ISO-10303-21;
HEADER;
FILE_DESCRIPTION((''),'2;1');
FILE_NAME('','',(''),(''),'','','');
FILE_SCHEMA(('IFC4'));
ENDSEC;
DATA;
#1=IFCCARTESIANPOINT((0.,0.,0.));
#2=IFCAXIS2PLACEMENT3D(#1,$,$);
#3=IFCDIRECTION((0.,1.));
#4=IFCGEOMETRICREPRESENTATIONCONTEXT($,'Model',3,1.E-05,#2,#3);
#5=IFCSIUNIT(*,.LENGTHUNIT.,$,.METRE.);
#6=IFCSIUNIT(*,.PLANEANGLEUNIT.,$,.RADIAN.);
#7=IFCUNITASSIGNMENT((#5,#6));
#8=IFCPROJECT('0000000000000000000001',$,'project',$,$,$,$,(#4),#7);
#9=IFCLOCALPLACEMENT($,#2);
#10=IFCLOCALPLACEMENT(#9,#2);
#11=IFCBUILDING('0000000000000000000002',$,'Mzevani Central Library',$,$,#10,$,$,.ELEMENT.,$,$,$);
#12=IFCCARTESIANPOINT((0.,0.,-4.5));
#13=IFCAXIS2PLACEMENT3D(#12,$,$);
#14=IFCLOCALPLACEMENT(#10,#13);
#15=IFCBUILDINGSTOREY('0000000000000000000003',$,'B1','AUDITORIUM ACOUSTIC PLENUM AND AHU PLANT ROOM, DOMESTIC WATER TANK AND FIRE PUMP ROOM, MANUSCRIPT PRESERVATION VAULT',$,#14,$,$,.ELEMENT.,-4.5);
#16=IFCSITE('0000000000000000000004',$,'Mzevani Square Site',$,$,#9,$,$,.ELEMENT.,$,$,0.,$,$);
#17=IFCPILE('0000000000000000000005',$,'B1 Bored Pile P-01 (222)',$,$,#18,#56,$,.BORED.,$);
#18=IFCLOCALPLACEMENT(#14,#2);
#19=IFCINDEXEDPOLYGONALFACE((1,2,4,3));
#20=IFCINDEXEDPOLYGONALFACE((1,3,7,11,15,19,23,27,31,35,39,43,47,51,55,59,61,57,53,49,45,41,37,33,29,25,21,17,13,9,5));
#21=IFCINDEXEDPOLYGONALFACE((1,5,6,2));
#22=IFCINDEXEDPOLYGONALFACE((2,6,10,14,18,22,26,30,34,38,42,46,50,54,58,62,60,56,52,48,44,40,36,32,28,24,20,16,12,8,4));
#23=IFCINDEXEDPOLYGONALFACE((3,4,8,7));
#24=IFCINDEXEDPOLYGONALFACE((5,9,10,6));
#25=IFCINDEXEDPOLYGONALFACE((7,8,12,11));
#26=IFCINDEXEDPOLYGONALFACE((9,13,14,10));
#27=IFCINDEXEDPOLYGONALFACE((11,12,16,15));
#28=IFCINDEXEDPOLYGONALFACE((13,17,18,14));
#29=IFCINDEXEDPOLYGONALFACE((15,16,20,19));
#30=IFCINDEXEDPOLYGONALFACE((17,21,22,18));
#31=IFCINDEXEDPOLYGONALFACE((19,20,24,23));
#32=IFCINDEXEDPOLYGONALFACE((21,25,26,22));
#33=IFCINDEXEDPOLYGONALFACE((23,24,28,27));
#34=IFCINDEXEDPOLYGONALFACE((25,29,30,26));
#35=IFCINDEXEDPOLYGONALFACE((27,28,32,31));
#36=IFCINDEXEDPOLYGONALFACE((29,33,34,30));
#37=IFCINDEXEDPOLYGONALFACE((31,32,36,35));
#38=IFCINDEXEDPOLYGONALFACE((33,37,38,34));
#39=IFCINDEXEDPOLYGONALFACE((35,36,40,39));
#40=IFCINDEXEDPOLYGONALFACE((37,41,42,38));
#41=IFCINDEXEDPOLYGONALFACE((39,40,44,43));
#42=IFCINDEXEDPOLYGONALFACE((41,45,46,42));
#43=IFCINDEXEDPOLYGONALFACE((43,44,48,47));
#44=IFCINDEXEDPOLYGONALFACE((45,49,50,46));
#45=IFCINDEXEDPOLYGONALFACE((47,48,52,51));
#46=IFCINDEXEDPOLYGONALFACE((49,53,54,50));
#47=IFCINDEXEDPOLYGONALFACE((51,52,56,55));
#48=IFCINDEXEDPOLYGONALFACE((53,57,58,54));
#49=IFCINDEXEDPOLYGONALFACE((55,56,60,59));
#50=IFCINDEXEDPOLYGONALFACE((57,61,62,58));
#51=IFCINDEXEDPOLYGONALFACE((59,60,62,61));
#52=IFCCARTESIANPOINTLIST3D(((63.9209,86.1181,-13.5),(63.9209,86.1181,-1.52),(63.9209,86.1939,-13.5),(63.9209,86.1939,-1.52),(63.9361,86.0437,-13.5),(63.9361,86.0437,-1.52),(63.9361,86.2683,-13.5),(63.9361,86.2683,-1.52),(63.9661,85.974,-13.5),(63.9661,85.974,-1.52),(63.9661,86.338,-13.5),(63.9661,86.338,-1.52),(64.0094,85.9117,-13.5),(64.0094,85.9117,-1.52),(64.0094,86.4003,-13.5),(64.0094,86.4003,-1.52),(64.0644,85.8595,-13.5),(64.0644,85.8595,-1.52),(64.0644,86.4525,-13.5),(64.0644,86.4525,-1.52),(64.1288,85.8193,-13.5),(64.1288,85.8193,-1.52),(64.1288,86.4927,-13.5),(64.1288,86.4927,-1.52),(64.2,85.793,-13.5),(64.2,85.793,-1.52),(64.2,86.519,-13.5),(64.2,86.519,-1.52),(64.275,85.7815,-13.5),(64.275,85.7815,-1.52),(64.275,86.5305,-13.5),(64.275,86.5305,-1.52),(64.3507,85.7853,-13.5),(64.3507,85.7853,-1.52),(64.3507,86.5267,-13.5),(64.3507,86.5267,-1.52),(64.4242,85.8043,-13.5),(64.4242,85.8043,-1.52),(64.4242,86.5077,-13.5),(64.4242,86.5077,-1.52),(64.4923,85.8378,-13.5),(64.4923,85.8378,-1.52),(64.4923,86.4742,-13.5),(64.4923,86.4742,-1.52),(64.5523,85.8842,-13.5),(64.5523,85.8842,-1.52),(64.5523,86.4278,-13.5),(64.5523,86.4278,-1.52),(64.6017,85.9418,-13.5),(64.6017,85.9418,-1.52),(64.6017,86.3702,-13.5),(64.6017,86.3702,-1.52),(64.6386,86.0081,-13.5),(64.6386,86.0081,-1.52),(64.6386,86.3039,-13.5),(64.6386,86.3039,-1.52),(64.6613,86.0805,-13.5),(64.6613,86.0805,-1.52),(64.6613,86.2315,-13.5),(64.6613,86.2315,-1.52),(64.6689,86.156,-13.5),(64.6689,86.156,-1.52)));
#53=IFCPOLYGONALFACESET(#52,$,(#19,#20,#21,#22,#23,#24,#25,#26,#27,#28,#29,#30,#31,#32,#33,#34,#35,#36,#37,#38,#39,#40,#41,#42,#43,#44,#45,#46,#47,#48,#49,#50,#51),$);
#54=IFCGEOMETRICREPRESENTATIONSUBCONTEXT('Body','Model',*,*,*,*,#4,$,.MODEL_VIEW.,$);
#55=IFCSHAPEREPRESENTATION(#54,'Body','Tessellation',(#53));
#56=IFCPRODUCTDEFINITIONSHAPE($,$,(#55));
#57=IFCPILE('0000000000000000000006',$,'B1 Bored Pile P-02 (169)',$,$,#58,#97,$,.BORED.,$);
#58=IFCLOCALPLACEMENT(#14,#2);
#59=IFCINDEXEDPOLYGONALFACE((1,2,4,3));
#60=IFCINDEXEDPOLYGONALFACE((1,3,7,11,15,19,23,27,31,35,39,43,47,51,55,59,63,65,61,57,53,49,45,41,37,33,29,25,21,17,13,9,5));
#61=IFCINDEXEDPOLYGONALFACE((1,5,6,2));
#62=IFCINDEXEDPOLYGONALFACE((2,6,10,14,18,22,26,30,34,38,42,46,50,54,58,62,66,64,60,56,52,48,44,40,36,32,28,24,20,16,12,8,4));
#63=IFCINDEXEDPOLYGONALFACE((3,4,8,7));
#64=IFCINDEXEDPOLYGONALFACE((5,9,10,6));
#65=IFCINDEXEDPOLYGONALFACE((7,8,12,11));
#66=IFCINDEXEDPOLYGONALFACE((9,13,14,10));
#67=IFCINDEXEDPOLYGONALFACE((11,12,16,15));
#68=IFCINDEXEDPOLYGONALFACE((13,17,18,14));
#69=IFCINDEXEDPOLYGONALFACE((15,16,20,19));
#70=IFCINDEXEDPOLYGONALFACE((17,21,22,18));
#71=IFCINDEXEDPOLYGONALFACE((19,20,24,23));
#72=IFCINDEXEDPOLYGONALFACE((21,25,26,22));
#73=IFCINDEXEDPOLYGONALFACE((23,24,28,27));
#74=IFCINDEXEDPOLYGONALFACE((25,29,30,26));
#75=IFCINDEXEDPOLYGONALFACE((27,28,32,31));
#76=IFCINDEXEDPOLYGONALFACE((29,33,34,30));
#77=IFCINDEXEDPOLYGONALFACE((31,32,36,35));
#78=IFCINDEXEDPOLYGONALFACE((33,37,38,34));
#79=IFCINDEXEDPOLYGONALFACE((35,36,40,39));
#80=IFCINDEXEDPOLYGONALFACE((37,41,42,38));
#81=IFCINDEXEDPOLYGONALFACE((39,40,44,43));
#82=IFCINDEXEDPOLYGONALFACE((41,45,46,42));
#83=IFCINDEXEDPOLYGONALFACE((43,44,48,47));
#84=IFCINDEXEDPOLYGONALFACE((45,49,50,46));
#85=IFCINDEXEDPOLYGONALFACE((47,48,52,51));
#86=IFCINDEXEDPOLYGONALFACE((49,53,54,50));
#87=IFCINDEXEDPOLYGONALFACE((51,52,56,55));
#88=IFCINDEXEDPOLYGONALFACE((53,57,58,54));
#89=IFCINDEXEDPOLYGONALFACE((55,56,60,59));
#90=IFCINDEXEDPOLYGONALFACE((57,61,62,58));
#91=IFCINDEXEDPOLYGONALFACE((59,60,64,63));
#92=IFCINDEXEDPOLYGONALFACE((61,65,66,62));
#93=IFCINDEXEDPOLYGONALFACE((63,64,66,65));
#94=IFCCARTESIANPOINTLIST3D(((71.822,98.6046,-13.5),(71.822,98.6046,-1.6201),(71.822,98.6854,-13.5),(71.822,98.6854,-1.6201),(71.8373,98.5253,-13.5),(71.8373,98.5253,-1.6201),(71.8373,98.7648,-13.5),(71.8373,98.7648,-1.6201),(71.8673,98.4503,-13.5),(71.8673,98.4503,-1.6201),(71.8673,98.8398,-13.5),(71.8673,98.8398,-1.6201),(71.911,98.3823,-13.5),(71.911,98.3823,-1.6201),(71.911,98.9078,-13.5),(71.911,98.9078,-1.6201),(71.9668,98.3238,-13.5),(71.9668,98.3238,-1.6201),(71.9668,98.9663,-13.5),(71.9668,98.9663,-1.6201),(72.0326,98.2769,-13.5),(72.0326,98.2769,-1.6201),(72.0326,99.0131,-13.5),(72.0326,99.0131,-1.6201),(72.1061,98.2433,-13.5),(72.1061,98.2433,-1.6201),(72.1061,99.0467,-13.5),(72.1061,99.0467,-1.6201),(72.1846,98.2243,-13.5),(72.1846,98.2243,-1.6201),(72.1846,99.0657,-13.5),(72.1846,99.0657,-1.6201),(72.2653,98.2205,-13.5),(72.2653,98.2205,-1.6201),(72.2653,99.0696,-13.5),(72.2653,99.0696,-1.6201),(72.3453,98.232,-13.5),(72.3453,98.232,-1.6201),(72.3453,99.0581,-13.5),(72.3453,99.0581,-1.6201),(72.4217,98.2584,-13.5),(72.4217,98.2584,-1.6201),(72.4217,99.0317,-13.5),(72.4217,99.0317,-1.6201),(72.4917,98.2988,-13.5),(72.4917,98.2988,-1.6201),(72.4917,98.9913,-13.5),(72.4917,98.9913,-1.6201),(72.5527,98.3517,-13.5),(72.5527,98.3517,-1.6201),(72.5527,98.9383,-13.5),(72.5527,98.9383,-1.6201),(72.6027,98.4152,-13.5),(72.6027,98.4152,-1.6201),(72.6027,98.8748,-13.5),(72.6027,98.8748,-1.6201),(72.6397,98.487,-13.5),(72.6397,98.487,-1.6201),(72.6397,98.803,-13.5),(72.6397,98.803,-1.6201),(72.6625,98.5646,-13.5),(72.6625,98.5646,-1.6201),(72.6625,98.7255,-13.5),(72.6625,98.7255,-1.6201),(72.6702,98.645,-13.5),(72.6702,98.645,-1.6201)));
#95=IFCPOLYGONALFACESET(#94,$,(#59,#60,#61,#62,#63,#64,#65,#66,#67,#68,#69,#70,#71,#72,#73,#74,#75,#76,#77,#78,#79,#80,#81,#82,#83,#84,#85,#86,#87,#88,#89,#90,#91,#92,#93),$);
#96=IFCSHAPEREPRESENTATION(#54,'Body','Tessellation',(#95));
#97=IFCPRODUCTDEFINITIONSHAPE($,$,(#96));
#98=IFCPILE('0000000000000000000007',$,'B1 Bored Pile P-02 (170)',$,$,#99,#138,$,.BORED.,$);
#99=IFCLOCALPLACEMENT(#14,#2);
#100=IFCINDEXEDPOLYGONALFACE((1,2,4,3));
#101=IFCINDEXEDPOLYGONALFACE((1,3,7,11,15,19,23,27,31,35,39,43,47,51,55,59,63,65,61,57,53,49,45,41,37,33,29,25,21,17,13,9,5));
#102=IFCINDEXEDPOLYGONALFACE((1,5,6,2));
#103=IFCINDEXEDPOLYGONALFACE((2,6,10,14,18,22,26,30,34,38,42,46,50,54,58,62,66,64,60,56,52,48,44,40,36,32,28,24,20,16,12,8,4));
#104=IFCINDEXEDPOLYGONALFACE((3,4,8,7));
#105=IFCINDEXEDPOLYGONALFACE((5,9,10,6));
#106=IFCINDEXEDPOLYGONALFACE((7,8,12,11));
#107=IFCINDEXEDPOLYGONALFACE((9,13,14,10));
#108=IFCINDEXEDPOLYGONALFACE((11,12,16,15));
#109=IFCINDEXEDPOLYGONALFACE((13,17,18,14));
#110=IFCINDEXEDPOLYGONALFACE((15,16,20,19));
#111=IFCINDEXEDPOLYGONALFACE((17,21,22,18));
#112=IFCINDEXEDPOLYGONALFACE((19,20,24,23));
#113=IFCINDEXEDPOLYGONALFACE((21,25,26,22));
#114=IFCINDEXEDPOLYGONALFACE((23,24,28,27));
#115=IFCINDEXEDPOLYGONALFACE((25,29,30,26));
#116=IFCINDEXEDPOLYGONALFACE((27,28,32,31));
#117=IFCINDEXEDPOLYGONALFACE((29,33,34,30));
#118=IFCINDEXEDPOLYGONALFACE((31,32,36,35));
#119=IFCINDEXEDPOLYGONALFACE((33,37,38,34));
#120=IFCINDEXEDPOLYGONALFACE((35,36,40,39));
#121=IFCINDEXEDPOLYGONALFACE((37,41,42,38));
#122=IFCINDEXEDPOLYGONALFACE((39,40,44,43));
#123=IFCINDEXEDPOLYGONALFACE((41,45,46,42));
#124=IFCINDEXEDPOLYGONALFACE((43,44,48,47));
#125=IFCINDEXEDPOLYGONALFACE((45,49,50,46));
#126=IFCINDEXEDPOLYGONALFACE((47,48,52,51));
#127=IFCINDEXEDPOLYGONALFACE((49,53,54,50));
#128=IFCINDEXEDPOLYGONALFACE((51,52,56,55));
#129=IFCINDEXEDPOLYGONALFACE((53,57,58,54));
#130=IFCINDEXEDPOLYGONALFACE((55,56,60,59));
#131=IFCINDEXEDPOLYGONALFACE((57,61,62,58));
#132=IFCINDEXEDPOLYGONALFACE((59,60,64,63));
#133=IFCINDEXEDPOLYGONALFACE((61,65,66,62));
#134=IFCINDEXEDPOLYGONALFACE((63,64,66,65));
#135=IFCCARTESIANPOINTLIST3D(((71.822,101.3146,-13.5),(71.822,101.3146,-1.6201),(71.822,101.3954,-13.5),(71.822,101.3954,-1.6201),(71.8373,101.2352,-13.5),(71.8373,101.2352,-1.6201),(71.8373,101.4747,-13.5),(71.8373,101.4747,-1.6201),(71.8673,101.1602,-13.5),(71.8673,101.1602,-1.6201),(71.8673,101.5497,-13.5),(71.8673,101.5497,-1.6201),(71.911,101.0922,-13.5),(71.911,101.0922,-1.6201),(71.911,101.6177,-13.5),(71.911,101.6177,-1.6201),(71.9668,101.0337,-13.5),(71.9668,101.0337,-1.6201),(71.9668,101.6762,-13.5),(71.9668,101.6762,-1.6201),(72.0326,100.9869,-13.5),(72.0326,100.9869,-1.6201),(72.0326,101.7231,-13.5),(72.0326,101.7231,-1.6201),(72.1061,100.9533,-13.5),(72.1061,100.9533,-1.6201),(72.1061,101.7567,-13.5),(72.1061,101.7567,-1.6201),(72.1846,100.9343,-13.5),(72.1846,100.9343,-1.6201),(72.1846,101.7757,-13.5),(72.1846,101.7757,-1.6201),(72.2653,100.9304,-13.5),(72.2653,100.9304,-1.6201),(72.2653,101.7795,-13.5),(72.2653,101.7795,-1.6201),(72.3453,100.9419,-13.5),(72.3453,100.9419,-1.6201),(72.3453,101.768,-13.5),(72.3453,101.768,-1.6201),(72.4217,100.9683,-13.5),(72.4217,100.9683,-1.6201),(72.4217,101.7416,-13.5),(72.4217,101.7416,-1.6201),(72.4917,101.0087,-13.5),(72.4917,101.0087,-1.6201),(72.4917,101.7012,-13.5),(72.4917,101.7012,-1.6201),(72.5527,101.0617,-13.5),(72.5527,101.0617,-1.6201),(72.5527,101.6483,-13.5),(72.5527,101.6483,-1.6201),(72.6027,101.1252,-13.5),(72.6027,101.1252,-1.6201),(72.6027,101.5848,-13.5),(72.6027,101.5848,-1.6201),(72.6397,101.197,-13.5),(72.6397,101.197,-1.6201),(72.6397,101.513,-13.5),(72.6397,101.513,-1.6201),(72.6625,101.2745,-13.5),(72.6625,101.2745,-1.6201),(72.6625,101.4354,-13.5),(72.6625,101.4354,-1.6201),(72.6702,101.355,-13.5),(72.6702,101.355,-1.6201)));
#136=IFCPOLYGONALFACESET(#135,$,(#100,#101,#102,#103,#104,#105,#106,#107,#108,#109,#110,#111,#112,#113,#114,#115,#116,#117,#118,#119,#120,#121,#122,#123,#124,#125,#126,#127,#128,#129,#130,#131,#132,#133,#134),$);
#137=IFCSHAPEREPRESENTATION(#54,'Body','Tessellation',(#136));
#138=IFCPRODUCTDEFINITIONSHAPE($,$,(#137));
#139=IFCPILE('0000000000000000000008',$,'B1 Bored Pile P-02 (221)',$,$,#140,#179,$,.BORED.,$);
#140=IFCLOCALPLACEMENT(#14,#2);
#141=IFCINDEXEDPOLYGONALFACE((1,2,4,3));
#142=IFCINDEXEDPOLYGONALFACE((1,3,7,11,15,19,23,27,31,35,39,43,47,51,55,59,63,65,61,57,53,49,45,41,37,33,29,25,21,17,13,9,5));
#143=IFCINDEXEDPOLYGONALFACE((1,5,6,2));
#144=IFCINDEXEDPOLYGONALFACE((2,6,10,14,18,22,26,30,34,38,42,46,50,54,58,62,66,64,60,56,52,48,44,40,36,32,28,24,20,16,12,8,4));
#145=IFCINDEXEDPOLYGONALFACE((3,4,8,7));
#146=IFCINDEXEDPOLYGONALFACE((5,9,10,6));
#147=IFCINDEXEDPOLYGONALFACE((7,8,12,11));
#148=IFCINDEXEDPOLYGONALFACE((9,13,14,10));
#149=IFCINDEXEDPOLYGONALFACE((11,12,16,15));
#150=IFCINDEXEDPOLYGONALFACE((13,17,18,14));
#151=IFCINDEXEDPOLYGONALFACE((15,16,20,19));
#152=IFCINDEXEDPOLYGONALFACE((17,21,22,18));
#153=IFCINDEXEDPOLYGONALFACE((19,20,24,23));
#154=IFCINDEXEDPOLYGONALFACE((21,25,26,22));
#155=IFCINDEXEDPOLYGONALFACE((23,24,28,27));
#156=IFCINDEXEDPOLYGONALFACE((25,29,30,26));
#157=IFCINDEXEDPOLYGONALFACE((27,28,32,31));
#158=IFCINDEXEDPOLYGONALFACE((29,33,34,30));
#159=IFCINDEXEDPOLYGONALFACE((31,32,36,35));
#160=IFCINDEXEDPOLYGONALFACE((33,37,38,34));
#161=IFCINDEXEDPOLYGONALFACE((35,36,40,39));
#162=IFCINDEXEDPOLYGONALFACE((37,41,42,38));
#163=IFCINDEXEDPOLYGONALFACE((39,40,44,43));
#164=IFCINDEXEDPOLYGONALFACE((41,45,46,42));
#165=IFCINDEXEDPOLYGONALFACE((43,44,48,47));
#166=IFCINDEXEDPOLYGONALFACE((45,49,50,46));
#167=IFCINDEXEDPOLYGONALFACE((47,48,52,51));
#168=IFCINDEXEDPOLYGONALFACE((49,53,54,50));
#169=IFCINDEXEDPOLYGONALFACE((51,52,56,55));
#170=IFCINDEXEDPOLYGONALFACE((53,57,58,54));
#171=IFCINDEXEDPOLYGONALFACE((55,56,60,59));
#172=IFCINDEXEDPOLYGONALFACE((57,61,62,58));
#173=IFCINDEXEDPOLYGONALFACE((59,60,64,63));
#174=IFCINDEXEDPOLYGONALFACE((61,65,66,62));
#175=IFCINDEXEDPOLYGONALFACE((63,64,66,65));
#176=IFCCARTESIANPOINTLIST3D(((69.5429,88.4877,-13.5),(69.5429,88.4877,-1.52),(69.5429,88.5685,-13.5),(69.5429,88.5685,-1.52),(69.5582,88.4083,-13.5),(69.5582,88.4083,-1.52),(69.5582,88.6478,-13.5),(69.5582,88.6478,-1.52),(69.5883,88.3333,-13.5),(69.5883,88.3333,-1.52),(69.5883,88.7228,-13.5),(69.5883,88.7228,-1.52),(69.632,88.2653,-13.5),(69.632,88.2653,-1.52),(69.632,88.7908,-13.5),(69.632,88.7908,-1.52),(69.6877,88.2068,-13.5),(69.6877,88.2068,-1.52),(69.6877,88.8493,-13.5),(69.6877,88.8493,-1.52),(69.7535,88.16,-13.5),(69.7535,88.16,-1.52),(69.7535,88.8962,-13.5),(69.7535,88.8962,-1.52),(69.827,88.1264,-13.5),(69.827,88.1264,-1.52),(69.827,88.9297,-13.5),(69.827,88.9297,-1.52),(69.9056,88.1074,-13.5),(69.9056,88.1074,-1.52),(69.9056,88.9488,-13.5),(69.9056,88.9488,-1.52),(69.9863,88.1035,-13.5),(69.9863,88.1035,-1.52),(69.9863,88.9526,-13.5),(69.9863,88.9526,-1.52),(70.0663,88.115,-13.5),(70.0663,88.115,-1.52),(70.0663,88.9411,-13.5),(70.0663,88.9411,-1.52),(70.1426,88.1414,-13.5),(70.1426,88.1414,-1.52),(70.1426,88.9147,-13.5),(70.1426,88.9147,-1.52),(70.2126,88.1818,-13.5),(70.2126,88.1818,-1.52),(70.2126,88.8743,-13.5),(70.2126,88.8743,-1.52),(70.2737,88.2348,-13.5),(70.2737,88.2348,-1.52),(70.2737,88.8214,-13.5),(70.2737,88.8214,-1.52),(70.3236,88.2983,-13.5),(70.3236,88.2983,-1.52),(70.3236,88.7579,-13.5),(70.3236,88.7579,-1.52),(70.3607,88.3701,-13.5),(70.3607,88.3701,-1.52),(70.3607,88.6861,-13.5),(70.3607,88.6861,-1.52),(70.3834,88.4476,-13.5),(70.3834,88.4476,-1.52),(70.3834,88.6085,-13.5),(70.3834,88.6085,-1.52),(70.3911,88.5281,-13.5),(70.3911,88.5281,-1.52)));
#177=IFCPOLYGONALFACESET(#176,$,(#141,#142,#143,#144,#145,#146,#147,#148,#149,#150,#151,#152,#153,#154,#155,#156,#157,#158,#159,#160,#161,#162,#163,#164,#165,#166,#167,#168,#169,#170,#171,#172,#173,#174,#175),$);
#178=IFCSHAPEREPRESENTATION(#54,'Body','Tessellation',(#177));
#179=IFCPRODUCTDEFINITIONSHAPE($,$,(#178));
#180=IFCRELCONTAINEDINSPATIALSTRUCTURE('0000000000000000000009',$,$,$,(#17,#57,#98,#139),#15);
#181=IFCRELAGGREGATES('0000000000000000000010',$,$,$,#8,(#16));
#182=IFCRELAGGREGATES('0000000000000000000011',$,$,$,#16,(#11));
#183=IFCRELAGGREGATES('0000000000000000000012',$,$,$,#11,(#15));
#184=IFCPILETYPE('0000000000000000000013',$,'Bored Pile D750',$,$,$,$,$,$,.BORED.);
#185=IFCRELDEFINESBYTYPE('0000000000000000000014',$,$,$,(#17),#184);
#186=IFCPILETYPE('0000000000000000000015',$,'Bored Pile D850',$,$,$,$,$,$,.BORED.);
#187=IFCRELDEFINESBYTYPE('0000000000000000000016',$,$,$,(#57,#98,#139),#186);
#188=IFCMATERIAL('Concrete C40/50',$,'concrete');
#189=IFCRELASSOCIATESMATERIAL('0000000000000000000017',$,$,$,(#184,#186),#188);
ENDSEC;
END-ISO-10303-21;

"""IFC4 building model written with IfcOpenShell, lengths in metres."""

from ifc_helpers import new_model, si_unit, direction, frame, origin, origin_2d, place, context, subcontext, project, spatial, circle, extrude, material, material_profile, profile_set, type_object, element, save


model = new_model("IFC4")

# Units and contexts
model_context = context("Model", 3, precision=1e-05, world=origin(), true_north=direction((0.0, 1.0)))
body_context = subcontext(model_context, "Body", "Model", "MODEL_VIEW")
ifc_project = project(units=[si_unit("LENGTHUNIT", "METRE"), si_unit("PLANEANGLEUNIT", "RADIAN")], contexts=[model_context])

# Site, building, storey
site_placement = place(None, origin())
site = spatial("IfcSite", under=ifc_project, at=site_placement, Name="Mzevani Square Site", CompositionType="ELEMENT", RefElevation=0.0)
building_placement = place(site_placement, origin())
building = spatial("IfcBuilding", under=site, at=building_placement, Name="Mzevani Central Library", CompositionType="ELEMENT")
storey_placement = place(building_placement, frame((0.0, 0.0, -4.5)))
storey = spatial("IfcBuildingStorey", under=building, at=storey_placement, Name="B1", Description="AUDITORIUM ACOUSTIC PLENUM AND AHU PLANT ROOM, DOMESTIC WATER TANK AND FIRE PUMP ROOM, MANUSCRIPT PRESERVATION VAULT", CompositionType="ELEMENT", Elevation=-4.5)

# Piles
ifc_material_1 = material(Name="Concrete C40/50", Category="concrete")
ifc_material_profile_1 = material_profile(ifc_material_1, circle(Radius=0.375, at=origin_2d()), Name="PILE D750")
ifc_profile_set_1 = profile_set([ifc_material_profile_1], Name="Concrete C40/50")
pile_type_1 = type_object("IfcPileType", Name="Bored Pile D750", PredefinedType="BORED", material=ifc_profile_set_1)
for number, where, z_axis, x_axis, name in (
    (1, (64.2939, 86.156, -1.52), (0.0, 0.0, -1.0), (1.0, 0.0, 0.0), "B1 Bored Pile P-01 (222)"),
):
    element("IfcPile", number, at=place(storey_placement, frame(where, z_axis=z_axis, x_axis=x_axis)), inside=storey, type_object=pile_type_1, Name=name, PredefinedType="BORED", context=body_context, shape_type="SweptSolid", body=[
        extrude(circle(Radius=0.375, at=origin_2d()), origin(), (0.0, 0.0, 1.0), 11.98),
    ])
ifc_material_profile_2 = material_profile(ifc_material_1, circle(Radius=0.425, at=origin_2d()), Name="PILE D850")
ifc_profile_set_2 = profile_set([ifc_material_profile_2], Name="Concrete C40/50")
pile_type_2 = type_object("IfcPileType", Name="Bored Pile D850", PredefinedType="BORED", material=ifc_profile_set_2)
for number, where, z_axis, x_axis, name in (
    (2, (72.2451, 98.645, -1.6201), (0.0, 0.0, -1.0), (1.0, 0.0, 0.0), "B1 Bored Pile P-02 (169)"),
    (3, (72.2451, 101.355, -1.6201), (0.0, 0.0, -1.0), (1.0, 0.0, 0.0), "B1 Bored Pile P-02 (170)"),
):
    element("IfcPile", number, at=place(storey_placement, frame(where, z_axis=z_axis, x_axis=x_axis)), inside=storey, type_object=pile_type_2, Name=name, PredefinedType="BORED", context=body_context, shape_type="SweptSolid", body=[
        extrude(circle(Radius=0.425, at=origin_2d()), origin(), (0.0, 0.0, 1.0), 11.8799),
    ])
pile_placement = place(storey_placement, frame((69.9661, 88.5281, -1.52), z_axis=(0.0, 0.0, -1.0), x_axis=(1.0, 0.0, 0.0)))
element("IfcPile", 4, at=pile_placement, inside=storey, type_object=pile_type_2, Name="B1 Bored Pile P-02 (221)", PredefinedType="BORED", context=body_context, shape_type="SweptSolid", body=[
    extrude(circle(Radius=0.425, at=origin_2d()), origin(), (0.0, 0.0, 1.0), 11.98),
])

save(model, "model.ifc")
